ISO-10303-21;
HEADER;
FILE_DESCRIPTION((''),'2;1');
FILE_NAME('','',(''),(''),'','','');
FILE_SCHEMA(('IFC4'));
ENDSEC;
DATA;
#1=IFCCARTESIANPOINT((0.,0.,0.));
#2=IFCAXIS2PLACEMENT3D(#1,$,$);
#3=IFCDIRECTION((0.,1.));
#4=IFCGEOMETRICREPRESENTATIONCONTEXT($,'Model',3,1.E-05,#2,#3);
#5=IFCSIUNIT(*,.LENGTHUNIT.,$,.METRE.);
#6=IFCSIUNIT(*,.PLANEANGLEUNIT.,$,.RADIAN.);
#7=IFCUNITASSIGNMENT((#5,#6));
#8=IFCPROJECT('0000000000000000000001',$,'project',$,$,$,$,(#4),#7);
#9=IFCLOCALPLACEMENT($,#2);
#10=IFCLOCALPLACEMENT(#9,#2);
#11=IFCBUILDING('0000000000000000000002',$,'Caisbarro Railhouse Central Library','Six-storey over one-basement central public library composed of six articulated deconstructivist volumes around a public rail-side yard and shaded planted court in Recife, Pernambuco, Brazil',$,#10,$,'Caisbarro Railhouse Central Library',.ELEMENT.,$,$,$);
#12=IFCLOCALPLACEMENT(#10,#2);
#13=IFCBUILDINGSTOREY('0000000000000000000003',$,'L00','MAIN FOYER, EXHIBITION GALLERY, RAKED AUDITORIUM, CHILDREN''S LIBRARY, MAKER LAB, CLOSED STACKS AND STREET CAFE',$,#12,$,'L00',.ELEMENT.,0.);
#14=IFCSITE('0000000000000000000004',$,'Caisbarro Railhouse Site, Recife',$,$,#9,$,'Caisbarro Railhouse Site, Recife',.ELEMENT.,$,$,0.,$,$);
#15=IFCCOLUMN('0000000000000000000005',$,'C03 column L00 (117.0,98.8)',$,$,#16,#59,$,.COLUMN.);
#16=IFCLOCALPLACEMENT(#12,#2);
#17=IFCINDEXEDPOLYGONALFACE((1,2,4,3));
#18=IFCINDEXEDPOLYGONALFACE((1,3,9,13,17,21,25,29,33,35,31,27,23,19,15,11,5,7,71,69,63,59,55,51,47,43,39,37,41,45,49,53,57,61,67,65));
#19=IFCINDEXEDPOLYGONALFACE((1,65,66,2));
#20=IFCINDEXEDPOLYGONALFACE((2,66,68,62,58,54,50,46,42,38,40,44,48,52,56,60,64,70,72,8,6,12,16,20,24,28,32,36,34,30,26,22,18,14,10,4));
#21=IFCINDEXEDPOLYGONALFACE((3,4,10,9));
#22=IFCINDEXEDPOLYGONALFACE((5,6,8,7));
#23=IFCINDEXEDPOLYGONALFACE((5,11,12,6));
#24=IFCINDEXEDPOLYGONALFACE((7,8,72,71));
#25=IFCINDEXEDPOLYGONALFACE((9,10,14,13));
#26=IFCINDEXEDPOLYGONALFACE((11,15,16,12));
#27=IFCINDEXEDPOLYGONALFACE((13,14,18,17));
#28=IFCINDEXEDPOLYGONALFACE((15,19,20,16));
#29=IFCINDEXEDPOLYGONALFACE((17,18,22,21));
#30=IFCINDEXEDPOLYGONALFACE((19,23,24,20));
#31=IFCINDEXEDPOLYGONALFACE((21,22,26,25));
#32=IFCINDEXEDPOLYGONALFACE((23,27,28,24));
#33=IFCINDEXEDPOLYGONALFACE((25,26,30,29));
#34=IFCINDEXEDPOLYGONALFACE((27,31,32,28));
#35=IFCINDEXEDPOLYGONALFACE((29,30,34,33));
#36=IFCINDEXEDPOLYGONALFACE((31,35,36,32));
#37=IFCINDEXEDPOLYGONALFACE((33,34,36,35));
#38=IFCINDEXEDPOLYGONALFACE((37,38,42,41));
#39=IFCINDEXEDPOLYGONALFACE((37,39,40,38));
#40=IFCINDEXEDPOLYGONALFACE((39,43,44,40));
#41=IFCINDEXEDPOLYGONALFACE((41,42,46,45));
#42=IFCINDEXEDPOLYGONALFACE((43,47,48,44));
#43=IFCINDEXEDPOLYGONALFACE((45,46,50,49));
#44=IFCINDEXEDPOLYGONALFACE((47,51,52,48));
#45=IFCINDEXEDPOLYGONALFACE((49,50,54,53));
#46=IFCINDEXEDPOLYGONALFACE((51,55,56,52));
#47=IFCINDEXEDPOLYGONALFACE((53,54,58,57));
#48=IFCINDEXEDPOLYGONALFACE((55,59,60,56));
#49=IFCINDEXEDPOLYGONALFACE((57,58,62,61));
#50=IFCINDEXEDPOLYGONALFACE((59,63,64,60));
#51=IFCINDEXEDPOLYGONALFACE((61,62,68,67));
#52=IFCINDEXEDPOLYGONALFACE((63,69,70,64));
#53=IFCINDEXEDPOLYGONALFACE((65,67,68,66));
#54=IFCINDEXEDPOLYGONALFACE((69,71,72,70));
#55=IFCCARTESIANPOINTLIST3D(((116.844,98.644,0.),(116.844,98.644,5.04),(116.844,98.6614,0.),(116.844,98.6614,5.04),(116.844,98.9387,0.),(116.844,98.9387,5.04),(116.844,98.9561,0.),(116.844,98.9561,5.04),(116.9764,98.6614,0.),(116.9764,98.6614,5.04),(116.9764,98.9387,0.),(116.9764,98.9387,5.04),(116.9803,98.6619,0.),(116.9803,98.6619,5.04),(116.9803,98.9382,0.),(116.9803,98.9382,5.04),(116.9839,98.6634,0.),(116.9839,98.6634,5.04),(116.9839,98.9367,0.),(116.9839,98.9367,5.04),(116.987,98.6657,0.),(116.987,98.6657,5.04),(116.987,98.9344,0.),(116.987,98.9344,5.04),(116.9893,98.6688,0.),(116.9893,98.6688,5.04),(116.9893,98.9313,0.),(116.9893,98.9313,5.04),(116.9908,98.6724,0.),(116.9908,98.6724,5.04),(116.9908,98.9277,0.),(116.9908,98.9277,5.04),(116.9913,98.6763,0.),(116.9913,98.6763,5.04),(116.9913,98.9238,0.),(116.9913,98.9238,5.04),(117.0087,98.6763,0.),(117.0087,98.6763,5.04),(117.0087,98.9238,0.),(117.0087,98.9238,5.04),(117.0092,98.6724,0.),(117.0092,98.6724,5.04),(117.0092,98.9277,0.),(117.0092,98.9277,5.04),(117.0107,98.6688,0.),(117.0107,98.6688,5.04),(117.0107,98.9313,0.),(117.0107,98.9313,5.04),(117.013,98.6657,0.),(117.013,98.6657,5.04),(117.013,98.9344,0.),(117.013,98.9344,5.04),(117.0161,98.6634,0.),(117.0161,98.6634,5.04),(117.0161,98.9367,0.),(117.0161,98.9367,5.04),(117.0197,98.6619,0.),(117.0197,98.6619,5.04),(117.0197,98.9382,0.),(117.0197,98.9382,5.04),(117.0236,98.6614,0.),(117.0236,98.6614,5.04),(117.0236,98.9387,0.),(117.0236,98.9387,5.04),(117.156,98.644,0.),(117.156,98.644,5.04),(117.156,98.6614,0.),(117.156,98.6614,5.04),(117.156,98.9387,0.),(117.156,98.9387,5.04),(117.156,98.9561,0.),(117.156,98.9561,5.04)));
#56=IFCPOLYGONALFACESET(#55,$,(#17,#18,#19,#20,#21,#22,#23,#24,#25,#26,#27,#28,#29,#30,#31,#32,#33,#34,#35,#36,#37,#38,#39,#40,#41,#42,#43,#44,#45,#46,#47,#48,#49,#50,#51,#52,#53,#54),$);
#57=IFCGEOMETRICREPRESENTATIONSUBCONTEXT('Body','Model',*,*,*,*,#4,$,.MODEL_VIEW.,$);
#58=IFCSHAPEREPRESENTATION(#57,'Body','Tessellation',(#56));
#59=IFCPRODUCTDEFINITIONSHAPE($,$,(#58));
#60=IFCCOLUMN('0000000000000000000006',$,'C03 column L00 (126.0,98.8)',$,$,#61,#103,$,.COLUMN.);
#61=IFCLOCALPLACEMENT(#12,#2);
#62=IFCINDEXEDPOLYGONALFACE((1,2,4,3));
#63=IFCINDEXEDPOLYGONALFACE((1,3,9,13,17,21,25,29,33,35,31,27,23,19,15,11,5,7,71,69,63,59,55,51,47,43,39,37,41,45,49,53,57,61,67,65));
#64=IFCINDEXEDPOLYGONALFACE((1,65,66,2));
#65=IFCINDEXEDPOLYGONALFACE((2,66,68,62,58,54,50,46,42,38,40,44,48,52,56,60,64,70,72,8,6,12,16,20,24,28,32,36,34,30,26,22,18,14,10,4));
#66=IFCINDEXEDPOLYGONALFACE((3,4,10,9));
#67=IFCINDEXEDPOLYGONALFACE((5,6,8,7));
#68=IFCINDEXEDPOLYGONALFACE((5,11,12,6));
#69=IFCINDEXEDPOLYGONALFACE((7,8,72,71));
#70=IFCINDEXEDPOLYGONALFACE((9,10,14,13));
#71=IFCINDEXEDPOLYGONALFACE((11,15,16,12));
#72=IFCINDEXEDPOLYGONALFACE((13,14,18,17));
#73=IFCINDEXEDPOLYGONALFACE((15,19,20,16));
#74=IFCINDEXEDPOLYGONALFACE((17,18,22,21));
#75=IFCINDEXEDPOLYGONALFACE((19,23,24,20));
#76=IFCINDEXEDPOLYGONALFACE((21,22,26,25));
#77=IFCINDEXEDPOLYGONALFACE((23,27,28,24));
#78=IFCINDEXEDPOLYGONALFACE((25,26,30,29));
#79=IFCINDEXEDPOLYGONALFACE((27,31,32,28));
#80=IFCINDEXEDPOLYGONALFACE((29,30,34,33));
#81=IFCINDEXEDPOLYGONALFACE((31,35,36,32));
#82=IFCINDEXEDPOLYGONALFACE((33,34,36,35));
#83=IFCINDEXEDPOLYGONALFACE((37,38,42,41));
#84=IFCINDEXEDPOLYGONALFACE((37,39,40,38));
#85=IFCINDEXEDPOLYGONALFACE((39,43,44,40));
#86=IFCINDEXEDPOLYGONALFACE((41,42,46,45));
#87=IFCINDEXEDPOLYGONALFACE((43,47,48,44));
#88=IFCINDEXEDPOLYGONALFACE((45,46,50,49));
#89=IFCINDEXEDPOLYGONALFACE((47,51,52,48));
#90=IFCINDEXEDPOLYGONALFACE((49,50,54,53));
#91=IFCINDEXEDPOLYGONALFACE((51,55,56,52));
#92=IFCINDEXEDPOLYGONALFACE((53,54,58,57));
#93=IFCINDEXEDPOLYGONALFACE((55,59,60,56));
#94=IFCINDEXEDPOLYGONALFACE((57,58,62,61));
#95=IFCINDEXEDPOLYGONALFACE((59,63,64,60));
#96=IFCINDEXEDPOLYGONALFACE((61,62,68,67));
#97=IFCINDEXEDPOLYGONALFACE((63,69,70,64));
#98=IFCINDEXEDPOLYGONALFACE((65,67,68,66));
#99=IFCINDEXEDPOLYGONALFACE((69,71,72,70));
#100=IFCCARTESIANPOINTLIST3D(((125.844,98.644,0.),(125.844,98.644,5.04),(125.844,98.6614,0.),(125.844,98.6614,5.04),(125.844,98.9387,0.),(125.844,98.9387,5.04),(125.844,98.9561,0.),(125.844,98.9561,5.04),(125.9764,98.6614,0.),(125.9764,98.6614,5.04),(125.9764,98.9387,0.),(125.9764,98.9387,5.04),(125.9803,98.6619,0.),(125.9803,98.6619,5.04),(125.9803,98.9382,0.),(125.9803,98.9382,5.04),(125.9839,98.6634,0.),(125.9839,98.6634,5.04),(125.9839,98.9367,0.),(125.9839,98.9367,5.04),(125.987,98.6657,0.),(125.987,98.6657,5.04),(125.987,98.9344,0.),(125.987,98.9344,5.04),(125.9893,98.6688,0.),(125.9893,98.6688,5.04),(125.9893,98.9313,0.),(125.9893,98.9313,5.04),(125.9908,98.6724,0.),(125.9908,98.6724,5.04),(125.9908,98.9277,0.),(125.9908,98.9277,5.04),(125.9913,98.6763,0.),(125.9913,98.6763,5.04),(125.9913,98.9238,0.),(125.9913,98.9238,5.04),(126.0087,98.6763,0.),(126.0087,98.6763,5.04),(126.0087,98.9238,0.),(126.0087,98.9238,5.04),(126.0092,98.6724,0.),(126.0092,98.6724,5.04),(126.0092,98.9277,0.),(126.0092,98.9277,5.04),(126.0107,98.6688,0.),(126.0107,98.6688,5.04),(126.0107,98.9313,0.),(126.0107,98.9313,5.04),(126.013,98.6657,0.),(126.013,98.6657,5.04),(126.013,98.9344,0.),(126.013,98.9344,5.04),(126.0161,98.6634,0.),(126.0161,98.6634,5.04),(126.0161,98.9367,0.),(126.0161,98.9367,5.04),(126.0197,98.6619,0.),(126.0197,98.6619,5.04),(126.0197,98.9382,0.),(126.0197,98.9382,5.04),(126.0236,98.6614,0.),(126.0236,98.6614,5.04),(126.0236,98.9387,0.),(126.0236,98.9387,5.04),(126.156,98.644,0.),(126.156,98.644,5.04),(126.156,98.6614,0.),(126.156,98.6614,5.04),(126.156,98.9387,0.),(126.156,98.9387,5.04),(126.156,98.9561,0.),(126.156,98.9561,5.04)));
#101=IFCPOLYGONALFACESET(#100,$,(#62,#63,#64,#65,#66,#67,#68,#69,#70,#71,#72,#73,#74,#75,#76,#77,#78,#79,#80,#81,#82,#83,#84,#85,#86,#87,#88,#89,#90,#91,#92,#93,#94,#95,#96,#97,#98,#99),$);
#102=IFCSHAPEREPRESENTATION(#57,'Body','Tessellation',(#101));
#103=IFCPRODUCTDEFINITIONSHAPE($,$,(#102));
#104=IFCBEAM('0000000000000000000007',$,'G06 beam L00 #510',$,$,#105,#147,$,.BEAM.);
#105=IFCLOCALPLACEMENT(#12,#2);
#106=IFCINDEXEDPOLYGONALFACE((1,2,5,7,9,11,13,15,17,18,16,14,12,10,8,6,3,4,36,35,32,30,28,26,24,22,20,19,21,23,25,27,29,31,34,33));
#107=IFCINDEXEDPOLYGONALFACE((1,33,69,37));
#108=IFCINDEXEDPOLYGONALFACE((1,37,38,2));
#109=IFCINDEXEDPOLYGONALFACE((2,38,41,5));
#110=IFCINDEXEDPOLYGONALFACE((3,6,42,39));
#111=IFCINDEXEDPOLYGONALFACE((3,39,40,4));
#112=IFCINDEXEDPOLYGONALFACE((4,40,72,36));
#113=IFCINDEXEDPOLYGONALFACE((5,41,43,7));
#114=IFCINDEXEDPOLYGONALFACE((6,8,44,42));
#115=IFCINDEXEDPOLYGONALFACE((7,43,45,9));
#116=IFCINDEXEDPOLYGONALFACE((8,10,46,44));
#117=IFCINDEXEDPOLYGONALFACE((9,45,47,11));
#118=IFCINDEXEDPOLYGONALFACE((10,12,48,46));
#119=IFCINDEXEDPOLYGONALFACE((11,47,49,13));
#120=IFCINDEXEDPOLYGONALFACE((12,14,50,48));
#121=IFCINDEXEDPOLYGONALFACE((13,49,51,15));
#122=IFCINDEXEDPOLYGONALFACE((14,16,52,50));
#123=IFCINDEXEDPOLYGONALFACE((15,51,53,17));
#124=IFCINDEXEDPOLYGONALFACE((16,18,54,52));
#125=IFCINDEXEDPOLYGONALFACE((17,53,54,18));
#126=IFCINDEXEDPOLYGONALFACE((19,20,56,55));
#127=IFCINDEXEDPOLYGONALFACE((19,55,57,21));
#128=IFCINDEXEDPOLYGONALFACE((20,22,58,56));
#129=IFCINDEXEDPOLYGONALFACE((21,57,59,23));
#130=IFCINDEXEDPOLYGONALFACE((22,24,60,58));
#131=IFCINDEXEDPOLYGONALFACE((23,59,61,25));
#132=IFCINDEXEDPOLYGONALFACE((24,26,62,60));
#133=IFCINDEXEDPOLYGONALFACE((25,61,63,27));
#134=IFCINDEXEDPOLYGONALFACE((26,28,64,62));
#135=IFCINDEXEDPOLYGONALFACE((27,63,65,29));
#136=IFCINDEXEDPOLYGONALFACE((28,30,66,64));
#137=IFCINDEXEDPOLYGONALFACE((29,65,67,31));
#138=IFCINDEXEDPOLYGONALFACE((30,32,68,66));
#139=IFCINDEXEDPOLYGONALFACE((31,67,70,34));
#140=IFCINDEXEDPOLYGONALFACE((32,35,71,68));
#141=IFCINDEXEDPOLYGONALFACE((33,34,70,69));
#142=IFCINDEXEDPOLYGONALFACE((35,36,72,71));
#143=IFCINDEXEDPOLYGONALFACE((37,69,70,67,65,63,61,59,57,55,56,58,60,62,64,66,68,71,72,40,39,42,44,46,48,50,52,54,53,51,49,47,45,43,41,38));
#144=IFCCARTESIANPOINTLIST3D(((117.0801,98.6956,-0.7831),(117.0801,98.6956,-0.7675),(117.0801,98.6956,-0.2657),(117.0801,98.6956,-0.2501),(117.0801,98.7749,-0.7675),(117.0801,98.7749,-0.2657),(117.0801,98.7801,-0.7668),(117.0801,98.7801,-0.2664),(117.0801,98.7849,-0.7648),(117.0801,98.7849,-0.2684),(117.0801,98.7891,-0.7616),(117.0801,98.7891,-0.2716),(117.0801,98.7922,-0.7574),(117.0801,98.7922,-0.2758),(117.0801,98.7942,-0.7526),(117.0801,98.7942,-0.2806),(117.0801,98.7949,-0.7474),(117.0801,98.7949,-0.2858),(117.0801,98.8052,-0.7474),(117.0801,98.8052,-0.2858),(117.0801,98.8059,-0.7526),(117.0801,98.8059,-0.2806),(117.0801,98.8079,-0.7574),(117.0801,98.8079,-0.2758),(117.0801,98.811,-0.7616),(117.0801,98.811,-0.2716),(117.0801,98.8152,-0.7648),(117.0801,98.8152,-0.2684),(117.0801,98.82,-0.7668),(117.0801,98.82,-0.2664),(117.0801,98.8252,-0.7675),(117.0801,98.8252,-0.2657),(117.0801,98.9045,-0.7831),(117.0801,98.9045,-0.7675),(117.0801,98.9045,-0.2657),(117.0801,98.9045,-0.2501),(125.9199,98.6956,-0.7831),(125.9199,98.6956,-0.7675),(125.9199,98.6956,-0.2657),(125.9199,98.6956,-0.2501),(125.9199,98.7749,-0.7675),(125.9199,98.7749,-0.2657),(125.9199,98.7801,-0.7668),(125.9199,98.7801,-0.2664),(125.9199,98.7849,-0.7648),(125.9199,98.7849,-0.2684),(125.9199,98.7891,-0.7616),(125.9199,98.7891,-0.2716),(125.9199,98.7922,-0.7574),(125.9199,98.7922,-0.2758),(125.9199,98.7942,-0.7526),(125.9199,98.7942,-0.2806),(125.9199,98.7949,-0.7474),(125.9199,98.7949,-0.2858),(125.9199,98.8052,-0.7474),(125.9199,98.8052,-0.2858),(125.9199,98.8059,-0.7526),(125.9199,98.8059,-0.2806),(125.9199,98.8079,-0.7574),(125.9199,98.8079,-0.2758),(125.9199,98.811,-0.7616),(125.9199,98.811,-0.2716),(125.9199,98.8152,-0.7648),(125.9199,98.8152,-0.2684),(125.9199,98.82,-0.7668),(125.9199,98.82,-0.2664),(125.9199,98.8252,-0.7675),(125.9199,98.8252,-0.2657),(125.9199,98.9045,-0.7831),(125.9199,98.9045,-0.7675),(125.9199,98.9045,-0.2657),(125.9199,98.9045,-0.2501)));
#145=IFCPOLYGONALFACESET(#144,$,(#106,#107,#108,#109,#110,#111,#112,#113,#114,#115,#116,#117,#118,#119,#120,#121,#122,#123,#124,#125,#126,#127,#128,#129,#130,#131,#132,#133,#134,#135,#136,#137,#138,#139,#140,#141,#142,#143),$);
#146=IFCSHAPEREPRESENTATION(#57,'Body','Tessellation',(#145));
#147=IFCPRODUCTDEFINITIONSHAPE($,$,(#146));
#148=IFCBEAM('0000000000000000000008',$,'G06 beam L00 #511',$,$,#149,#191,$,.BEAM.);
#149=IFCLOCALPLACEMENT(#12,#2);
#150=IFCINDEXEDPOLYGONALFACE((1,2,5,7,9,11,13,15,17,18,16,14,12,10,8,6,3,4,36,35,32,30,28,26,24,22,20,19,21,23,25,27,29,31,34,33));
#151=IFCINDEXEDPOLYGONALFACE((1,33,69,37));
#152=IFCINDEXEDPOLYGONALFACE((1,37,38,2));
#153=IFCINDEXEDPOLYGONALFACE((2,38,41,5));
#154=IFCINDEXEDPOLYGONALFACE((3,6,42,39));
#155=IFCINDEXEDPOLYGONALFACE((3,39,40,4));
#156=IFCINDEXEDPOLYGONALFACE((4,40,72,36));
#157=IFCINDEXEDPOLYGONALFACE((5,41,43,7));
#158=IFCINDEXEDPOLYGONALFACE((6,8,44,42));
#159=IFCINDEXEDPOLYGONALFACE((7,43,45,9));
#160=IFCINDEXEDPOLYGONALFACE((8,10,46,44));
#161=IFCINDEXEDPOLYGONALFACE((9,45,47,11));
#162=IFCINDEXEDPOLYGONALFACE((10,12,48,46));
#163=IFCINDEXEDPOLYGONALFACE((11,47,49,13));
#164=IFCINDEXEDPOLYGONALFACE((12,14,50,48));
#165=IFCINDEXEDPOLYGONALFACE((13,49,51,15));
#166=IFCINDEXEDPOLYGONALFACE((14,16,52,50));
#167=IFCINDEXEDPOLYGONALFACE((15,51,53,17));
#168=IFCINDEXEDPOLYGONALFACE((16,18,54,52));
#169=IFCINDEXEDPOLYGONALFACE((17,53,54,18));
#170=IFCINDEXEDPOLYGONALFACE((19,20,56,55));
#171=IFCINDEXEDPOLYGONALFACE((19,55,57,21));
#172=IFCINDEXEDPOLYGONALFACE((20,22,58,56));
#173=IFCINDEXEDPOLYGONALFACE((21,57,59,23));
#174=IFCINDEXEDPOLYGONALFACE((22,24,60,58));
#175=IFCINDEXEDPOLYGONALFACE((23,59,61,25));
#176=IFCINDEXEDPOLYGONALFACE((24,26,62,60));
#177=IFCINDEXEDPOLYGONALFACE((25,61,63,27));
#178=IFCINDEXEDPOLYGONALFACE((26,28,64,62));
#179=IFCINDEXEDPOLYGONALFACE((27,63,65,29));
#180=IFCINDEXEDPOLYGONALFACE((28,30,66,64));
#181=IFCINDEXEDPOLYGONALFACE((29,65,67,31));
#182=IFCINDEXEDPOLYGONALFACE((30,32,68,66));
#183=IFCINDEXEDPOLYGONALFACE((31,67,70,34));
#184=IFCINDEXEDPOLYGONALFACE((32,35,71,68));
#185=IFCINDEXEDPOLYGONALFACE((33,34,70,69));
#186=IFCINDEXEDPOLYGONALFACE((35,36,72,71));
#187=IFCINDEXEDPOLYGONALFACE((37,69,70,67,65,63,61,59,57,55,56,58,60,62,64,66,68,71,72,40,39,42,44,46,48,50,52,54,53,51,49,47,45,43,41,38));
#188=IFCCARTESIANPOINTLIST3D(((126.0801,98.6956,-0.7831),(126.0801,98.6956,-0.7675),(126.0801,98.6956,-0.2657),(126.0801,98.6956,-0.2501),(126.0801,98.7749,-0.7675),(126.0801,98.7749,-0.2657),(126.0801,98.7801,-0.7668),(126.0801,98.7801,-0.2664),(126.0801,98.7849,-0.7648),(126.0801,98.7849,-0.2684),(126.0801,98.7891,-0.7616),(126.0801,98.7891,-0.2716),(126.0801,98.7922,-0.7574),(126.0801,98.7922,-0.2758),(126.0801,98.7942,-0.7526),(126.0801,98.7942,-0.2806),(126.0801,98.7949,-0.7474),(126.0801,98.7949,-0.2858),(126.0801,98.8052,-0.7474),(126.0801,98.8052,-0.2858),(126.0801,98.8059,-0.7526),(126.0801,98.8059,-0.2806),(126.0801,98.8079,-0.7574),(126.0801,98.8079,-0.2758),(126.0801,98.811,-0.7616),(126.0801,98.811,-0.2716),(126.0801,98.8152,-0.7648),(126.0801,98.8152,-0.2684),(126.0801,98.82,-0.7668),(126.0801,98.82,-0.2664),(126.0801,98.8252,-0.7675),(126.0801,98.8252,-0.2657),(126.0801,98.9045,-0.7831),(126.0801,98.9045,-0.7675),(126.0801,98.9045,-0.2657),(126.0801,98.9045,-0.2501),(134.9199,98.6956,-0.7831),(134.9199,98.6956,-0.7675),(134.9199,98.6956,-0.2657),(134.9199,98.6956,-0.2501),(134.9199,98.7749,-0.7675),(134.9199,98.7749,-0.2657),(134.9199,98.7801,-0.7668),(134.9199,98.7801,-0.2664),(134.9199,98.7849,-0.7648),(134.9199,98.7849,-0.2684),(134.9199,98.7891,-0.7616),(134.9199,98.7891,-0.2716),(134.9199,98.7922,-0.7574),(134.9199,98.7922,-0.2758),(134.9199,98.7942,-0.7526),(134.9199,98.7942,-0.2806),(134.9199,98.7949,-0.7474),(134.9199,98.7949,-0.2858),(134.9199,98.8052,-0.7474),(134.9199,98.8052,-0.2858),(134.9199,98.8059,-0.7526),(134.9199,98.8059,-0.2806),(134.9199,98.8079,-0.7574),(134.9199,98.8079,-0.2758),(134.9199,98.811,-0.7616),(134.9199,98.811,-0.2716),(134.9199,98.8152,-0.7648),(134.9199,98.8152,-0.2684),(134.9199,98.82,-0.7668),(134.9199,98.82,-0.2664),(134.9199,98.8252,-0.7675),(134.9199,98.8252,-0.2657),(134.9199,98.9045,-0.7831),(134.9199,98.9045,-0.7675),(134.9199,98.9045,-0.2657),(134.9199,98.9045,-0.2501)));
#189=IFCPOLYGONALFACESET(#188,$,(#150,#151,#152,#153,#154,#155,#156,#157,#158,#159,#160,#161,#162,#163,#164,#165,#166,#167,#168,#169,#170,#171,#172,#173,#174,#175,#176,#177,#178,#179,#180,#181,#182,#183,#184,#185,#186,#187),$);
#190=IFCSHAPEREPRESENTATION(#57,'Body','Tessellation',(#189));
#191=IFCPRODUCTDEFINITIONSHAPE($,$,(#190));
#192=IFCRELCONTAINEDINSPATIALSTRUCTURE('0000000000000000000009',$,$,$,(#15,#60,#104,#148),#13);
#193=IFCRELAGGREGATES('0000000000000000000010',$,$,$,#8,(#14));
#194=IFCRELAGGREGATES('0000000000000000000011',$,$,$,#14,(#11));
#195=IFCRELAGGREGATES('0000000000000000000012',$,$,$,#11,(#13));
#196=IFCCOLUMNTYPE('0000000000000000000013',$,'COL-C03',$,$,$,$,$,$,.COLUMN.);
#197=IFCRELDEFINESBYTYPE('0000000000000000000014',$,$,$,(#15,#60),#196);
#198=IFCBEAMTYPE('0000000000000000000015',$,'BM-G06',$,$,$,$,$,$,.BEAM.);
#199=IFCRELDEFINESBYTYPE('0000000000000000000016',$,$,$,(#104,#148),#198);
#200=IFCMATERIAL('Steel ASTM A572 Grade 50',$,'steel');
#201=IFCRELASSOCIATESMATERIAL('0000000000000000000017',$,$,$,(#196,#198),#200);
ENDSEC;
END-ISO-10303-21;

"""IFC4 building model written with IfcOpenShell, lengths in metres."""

from ifc_helpers import new_model, si_unit, direction, frame, origin, origin_2d, place, context, subcontext, project, spatial, i_section, extrude, material, material_profile, profile_set, type_object, element, save


model = new_model("IFC4")

# Units and contexts
model_context = context("Model", 3, precision=1e-05, world=origin(), true_north=direction((0.0, 1.0)))
body_context = subcontext(model_context, "Body", "Model", "MODEL_VIEW")
ifc_project = project(units=[si_unit("LENGTHUNIT", "METRE"), si_unit("PLANEANGLEUNIT", "RADIAN")], contexts=[model_context])

# Site, building, storey
site_placement = place(None, origin())
site = spatial("IfcSite", under=ifc_project, at=site_placement, Name="Caisbarro Railhouse Site, Recife", LongName="Caisbarro Railhouse Site, Recife", CompositionType="ELEMENT", RefElevation=0.0)
building_placement = place(site_placement, origin())
building = spatial("IfcBuilding", under=site, at=building_placement, Name="Caisbarro Railhouse Central Library", Description="Six-storey over one-basement central public library composed of six articulated deconstructivist volumes around a public rail-side yard and shaded planted court in Recife, Pernambuco, Brazil", LongName="Caisbarro Railhouse Central Library", CompositionType="ELEMENT")
storey_placement = place(building_placement, origin())
storey = spatial("IfcBuildingStorey", under=building, at=storey_placement, Name="L00", Description="MAIN FOYER, EXHIBITION GALLERY, RAKED AUDITORIUM, CHILDREN'S LIBRARY, MAKER LAB, CLOSED STACKS AND STREET CAFE", LongName="L00", CompositionType="ELEMENT", Elevation=0.0)

# Columns
ifc_material_1 = material(Name="Steel ASTM A572 Grade 50", Category="steel")
ifc_material_profile_1 = material_profile(ifc_material_1, i_section(OverallWidth=0.312, OverallDepth=0.312, WebThickness=0.0173, FlangeThickness=0.0173, FilletRadius=0.0149, at=origin_2d()), Name="HP310X125.0")
ifc_profile_set_1 = profile_set([ifc_material_profile_1], Name="Steel ASTM A572 Grade 50")
column_type = type_object("IfcColumnType", Name="COL-C03", PredefinedType="COLUMN", material=ifc_profile_set_1)
for number, where, z_axis, x_axis, name in (
    (1, (117.0, 98.8, 0.0), (0.0, 0.0, 1.0), (1.0, 0.0, 0.0), "C03 column L00 (117.0,98.8)"),
    (2, (126.0, 98.8, 0.0), (0.0, 0.0, 1.0), (1.0, 0.0, 0.0), "C03 column L00 (126.0,98.8)"),
):
    element("IfcColumn", number, at=place(storey_placement, frame(where, z_axis=z_axis, x_axis=x_axis)), inside=storey, type_object=column_type, Name=name, PredefinedType="COLUMN", context=body_context, shape_type="SweptSolid", body=[
        extrude(i_section(OverallWidth=0.312, OverallDepth=0.312, WebThickness=0.0173, FlangeThickness=0.0173, FilletRadius=0.0149, at=origin_2d()), origin(), (0.0, 0.0, 1.0), 5.04),
    ])

# Beams
ifc_material_profile_2 = material_profile(ifc_material_1, i_section(OverallWidth=0.209, OverallDepth=0.533, WebThickness=0.0103, FlangeThickness=0.0156, FilletRadius=0.02, at=origin_2d()), Name="W530X92.0")
ifc_profile_set_2 = profile_set([ifc_material_profile_2], Name="Steel ASTM A572 Grade 50")
beam_type_1 = type_object("IfcBeamType", Name="BM-G06", PredefinedType="BEAM", material=ifc_profile_set_2)
for number, where, z_axis, x_axis, name in (
    (3, (117.0801, 98.8, -0.5166), (1.0, 0.0, 0.0), (0.0, 1.0, 0.0), "G06 beam L00 #510"),
    (4, (126.0801, 98.8, -0.5166), (1.0, 0.0, 0.0), (0.0, 1.0, 0.0), "G06 beam L00 #511"),
):
    element("IfcBeam", number, at=place(storey_placement, frame(where, z_axis=z_axis, x_axis=x_axis)), inside=storey, type_object=beam_type_1, Name=name, PredefinedType="BEAM", context=body_context, shape_type="SweptSolid", body=[
        extrude(i_section(OverallWidth=0.209, OverallDepth=0.533, WebThickness=0.0103, FlangeThickness=0.0156, FilletRadius=0.02, at=origin_2d()), origin(), (0.0, 0.0, 1.0), 8.8398),
    ])

save(model, "model.ifc")
